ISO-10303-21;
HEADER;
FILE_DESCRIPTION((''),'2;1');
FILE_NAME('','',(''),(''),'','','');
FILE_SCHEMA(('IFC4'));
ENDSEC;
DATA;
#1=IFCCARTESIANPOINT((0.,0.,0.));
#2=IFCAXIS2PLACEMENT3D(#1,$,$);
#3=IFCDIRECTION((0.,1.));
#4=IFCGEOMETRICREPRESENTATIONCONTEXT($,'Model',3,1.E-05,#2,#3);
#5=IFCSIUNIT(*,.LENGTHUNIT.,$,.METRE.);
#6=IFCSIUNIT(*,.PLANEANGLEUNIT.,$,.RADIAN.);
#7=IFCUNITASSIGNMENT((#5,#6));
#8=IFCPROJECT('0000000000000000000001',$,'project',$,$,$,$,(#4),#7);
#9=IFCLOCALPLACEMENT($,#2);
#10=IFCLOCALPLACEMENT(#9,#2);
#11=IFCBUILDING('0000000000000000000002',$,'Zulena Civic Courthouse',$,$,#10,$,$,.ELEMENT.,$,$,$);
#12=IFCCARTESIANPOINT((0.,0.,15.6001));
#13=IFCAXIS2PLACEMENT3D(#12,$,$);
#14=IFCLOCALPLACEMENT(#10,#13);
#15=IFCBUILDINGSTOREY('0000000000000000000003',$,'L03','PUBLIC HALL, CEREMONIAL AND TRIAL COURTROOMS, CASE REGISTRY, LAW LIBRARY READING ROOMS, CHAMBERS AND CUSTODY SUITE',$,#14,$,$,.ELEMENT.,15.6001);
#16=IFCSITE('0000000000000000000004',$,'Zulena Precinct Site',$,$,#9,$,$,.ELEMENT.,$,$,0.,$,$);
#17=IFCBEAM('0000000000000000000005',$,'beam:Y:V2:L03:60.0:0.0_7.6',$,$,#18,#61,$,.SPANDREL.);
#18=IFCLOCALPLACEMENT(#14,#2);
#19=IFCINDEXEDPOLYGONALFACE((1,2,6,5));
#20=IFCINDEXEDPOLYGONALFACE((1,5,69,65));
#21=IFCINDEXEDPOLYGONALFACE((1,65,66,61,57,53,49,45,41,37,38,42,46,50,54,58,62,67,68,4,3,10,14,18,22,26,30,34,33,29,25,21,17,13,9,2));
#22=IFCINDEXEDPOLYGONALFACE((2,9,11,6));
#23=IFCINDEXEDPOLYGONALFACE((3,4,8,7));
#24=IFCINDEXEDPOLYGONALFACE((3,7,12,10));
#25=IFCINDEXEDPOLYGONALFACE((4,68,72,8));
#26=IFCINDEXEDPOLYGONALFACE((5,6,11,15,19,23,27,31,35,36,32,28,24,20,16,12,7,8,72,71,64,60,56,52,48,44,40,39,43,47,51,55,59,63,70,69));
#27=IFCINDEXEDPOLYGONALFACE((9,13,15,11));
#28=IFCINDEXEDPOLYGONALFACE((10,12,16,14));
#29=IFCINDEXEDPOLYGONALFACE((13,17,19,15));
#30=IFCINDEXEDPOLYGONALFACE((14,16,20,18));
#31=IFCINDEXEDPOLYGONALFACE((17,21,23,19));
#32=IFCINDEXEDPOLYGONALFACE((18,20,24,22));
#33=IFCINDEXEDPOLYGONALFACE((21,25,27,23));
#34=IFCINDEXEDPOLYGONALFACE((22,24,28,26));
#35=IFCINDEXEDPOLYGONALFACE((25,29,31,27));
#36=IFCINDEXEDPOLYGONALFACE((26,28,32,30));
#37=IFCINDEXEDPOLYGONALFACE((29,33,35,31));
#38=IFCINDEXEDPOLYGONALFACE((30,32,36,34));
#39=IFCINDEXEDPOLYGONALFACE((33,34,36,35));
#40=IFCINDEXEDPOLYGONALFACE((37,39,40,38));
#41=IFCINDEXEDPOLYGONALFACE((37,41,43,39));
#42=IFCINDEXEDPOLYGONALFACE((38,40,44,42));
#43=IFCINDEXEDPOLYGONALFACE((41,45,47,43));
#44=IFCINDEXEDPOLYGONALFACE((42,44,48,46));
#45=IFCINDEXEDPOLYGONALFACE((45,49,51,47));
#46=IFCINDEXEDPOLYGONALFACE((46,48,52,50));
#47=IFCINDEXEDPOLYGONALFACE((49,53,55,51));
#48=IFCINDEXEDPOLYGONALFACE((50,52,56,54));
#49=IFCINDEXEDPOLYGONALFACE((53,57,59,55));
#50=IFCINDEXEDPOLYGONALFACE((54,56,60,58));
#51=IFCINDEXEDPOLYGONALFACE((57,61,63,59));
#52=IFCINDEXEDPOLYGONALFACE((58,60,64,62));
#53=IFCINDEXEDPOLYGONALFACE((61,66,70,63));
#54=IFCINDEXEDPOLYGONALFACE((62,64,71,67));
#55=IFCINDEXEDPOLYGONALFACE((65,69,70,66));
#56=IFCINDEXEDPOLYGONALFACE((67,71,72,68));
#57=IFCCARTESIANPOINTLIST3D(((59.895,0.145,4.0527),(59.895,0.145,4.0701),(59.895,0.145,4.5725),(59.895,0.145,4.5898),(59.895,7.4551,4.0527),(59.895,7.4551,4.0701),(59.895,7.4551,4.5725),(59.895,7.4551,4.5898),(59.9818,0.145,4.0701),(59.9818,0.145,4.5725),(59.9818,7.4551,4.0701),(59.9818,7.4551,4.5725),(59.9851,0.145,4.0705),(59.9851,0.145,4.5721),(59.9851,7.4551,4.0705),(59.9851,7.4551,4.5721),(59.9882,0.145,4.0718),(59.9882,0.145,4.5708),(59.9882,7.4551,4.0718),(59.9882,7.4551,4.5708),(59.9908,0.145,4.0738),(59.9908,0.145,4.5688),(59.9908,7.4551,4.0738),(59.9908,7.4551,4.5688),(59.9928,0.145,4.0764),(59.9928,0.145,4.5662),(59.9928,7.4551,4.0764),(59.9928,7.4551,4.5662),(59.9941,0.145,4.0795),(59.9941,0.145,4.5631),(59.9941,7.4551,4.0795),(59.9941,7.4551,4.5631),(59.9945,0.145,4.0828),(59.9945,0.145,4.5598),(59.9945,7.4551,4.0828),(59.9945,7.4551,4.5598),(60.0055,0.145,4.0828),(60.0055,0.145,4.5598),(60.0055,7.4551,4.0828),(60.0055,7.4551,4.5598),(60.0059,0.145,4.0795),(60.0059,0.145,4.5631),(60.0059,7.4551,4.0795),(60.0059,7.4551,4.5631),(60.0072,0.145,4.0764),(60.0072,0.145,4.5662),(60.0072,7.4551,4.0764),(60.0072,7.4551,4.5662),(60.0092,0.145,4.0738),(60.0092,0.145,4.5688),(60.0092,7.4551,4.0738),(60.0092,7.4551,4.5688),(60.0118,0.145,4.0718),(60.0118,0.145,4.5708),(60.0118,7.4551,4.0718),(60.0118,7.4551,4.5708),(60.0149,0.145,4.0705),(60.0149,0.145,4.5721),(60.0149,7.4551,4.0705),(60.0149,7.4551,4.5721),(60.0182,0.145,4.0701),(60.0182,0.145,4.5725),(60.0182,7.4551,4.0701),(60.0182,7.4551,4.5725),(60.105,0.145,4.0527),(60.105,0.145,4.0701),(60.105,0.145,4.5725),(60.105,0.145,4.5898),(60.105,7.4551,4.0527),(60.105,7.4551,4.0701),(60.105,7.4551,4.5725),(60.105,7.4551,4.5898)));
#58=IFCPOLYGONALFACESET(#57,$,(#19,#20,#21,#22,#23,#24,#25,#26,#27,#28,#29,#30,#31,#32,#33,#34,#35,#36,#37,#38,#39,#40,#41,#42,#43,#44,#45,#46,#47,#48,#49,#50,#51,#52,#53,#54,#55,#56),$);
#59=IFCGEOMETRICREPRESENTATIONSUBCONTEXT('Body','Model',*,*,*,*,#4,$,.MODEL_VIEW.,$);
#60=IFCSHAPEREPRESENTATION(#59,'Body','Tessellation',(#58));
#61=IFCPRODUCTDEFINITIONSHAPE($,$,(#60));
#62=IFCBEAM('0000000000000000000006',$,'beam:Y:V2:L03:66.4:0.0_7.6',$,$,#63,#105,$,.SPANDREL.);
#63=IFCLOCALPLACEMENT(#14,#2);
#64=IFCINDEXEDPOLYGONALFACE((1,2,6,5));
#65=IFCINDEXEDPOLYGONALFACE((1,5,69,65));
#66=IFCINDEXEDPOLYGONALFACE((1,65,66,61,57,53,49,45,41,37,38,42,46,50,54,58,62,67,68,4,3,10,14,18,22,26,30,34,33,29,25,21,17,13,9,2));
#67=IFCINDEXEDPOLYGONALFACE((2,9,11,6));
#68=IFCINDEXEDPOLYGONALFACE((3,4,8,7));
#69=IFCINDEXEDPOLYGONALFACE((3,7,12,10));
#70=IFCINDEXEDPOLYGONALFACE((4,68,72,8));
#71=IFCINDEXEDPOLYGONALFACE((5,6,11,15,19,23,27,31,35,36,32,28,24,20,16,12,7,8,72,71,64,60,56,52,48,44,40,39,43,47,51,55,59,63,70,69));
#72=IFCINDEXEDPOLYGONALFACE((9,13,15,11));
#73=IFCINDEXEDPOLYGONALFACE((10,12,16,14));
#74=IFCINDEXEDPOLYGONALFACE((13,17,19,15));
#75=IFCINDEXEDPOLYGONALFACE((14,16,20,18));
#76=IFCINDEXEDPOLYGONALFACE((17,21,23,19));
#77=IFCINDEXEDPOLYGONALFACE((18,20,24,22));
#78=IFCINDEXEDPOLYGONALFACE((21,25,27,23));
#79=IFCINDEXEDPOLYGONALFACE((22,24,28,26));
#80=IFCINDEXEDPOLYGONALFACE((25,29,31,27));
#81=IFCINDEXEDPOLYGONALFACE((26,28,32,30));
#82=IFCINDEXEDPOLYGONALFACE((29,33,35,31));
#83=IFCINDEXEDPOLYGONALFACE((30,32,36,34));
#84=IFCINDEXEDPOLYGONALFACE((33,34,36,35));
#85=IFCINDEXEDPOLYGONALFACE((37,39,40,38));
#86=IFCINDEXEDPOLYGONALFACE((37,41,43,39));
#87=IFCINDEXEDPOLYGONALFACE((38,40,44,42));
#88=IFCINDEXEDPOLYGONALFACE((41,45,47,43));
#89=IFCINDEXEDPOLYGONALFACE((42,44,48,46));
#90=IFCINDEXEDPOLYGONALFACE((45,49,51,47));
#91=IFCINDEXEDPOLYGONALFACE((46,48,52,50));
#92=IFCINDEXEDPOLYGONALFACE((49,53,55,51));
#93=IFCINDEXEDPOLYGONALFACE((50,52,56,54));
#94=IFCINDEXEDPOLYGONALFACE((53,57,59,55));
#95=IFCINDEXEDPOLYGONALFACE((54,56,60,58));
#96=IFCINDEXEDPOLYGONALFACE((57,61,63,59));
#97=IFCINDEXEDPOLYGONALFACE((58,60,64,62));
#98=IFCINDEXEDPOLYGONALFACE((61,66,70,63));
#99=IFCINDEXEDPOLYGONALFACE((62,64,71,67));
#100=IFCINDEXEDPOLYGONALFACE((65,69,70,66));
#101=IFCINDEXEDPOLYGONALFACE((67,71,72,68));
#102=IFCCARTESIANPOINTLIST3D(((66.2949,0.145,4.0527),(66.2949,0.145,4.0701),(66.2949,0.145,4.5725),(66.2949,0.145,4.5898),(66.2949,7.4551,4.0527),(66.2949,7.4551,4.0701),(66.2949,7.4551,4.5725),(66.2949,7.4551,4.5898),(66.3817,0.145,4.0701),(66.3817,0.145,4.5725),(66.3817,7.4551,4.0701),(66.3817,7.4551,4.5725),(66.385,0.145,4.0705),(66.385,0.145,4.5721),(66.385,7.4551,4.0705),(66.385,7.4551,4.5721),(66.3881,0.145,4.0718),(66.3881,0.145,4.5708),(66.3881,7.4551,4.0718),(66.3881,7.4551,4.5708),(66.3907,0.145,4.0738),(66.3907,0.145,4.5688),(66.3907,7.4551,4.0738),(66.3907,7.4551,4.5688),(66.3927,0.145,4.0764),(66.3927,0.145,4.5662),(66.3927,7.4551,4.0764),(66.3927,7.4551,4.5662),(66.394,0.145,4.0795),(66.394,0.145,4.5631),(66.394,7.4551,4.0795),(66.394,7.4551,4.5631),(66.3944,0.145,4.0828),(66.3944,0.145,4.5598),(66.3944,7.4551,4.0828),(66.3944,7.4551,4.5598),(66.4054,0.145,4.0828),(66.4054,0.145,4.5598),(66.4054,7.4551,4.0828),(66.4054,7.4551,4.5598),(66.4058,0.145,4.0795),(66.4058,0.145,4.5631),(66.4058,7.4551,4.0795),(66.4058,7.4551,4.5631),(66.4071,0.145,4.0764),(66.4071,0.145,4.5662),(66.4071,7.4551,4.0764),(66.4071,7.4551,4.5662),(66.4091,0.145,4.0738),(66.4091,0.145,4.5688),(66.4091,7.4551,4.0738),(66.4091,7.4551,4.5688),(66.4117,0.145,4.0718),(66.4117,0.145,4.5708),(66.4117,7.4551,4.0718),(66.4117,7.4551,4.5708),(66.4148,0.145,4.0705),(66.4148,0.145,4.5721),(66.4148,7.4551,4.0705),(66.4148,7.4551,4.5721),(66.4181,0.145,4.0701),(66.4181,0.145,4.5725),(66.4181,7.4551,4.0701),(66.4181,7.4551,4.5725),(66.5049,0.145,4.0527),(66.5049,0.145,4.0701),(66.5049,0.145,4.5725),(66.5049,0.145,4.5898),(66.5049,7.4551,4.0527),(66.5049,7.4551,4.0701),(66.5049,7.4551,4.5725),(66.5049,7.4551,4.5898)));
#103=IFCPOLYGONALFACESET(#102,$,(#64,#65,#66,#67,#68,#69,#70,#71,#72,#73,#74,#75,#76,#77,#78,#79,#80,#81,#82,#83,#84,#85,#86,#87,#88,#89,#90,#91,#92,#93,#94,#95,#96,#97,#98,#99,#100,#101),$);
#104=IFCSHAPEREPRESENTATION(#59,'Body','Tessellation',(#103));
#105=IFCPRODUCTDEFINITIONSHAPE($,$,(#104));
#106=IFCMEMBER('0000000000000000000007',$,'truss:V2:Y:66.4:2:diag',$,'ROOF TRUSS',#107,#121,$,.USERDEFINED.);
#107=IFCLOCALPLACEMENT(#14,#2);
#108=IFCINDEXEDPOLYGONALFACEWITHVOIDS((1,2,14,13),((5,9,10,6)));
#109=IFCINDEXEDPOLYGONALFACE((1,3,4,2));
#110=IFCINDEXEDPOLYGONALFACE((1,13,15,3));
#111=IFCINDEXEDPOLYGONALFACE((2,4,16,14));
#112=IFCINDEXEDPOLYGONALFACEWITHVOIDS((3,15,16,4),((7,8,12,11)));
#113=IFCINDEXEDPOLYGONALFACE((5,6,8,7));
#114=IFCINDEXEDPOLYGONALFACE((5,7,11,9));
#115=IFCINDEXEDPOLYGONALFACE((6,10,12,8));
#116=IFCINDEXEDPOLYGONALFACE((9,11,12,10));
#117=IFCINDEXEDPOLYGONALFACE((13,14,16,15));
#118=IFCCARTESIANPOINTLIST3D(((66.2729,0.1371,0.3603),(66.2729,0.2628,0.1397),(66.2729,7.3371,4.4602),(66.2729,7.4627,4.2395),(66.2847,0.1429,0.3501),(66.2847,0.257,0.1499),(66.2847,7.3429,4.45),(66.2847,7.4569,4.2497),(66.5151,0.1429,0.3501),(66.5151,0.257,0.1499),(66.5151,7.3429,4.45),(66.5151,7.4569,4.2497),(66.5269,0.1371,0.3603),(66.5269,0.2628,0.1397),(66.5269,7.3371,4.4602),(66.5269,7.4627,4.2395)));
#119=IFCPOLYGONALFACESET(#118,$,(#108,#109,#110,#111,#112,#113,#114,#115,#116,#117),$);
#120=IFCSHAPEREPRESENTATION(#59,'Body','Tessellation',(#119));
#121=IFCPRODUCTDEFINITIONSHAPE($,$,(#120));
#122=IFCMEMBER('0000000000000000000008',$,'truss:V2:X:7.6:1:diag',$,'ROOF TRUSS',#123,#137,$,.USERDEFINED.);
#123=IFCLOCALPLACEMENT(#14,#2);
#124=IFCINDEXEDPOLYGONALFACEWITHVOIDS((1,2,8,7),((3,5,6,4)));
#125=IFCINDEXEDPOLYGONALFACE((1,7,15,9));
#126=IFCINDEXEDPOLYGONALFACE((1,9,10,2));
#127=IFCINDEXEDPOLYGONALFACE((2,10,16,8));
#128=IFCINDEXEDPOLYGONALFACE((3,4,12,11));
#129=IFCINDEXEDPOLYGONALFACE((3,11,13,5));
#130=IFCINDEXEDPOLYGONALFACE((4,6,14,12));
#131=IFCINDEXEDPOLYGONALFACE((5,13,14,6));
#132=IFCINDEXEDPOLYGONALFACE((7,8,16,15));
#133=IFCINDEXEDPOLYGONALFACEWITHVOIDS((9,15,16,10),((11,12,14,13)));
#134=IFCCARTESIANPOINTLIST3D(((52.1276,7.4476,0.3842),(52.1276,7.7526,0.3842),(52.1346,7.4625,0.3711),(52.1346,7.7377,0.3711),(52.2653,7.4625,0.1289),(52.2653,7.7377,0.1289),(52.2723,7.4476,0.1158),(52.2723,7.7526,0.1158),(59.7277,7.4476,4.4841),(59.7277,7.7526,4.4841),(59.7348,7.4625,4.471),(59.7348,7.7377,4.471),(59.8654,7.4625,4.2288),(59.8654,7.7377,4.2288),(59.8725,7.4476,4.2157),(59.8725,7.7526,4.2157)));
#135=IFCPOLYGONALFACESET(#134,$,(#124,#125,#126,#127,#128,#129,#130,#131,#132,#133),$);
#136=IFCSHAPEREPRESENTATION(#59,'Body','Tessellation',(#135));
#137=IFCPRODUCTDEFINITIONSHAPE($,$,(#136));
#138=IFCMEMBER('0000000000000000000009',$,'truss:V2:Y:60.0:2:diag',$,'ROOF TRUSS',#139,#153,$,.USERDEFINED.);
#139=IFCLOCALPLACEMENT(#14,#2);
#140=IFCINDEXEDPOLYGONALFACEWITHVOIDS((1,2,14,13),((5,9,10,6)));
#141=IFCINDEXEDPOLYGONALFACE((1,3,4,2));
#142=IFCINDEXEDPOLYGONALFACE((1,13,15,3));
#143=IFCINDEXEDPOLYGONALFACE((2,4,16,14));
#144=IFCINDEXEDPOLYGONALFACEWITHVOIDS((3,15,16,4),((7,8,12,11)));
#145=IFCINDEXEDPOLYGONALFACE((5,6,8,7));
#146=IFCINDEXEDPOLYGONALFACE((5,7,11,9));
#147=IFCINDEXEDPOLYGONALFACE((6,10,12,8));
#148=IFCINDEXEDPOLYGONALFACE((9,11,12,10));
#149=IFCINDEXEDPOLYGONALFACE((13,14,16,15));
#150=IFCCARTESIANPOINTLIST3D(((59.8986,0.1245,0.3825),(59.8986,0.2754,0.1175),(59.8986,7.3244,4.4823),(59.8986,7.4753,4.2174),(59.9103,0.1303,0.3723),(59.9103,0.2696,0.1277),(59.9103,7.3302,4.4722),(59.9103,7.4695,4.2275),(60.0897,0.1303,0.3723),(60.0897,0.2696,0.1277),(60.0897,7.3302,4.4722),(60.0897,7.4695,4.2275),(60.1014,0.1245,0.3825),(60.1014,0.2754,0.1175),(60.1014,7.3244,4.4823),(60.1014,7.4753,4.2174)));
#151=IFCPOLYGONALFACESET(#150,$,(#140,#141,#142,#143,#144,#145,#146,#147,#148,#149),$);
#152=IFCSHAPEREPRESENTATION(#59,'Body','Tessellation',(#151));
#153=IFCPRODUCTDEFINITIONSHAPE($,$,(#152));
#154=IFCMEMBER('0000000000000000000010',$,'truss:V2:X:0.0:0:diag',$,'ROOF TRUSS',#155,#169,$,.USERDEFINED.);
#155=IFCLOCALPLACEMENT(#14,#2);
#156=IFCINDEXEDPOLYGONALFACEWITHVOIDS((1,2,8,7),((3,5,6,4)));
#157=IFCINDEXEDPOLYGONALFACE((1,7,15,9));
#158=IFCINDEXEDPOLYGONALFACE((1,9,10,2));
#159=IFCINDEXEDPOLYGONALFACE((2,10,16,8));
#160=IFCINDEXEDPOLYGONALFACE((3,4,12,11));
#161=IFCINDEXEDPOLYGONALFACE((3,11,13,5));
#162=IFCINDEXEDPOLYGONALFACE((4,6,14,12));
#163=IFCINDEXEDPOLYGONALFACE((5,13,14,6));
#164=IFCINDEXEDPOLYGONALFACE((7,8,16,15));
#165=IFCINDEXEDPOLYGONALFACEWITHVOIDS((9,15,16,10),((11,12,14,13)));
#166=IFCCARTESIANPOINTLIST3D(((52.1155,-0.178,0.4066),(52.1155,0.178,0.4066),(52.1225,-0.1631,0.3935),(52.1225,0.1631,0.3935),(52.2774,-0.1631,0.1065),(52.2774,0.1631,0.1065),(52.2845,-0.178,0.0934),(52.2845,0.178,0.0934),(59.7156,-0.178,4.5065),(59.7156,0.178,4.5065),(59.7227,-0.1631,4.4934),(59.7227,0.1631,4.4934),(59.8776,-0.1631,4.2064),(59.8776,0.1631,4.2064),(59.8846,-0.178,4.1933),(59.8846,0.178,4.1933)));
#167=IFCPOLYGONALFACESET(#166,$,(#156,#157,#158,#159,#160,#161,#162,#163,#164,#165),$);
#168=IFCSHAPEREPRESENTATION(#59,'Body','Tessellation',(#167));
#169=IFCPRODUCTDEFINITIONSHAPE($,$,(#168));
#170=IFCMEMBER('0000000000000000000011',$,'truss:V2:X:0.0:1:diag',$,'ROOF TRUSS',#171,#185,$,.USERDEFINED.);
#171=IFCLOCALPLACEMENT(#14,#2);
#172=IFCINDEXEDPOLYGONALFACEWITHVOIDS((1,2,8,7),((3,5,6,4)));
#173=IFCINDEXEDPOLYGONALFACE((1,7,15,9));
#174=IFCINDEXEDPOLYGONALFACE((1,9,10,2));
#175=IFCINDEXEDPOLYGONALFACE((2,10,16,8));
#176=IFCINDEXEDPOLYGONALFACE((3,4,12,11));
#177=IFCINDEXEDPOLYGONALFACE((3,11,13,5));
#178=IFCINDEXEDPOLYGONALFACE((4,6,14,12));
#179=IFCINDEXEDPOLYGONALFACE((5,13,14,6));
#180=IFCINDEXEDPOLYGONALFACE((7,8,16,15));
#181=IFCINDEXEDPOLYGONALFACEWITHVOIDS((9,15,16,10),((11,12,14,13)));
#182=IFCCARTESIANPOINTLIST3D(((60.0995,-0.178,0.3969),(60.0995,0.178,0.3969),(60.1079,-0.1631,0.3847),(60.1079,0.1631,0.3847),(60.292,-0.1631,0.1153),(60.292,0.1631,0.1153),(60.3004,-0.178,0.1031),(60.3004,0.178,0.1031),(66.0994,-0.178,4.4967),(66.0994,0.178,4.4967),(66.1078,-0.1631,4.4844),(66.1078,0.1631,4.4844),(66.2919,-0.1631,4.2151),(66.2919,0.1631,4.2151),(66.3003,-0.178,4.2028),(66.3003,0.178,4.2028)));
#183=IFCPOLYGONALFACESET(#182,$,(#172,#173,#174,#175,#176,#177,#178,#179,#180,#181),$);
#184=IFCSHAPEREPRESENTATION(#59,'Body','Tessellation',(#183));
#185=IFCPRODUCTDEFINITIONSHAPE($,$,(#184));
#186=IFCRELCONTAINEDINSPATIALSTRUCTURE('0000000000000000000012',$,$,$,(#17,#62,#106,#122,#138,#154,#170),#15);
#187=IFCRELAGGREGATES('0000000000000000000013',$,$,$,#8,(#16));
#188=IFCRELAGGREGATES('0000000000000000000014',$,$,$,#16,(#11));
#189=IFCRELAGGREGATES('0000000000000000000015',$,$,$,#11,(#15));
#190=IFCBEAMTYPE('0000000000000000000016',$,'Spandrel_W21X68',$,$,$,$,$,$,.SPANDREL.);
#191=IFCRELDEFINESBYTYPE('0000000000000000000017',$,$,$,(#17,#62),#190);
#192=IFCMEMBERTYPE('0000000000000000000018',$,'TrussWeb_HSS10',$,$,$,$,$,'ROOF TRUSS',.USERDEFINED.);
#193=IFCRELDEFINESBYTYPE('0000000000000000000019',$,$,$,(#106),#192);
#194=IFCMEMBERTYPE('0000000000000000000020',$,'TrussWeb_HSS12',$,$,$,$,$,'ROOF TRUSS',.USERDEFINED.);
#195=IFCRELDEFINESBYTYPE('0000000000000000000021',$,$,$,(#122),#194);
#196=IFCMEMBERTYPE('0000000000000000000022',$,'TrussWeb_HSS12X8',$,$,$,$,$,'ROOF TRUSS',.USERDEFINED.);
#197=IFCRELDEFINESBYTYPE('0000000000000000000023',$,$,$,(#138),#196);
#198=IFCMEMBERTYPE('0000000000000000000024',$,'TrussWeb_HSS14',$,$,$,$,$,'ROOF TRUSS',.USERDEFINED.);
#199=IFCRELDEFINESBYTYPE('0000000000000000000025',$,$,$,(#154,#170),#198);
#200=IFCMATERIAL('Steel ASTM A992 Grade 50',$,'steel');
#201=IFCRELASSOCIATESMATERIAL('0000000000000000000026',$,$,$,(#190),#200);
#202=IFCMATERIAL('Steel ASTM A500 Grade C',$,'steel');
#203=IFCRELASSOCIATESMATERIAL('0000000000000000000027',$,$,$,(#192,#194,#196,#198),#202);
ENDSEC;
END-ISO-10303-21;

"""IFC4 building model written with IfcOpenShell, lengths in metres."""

from ifc_helpers import new_model, si_unit, direction, frame, origin, origin_2d, place, context, subcontext, project, spatial, hollow_rectangle, i_section, extrude, material, material_profile, profile_set, type_object, element, save


model = new_model("IFC4")

# Units and contexts
model_context = context("Model", 3, precision=1e-05, world=origin(), true_north=direction((0.0, 1.0)))
body_context = subcontext(model_context, "Body", "Model", "MODEL_VIEW")
ifc_project = project(units=[si_unit("LENGTHUNIT", "METRE"), si_unit("PLANEANGLEUNIT", "RADIAN")], contexts=[model_context])

# Site, building, storey
site_placement = place(None, origin())
site = spatial("IfcSite", under=ifc_project, at=site_placement, Name="Zulena Precinct Site", CompositionType="ELEMENT", RefElevation=0.0)
building_placement = place(site_placement, origin())
building = spatial("IfcBuilding", under=site, at=building_placement, Name="Zulena Civic Courthouse", CompositionType="ELEMENT")
storey_placement = place(building_placement, frame((0.0, 0.0, 15.6001)))
storey = spatial("IfcBuildingStorey", under=building, at=storey_placement, Name="L03", Description="PUBLIC HALL, CEREMONIAL AND TRIAL COURTROOMS, CASE REGISTRY, LAW LIBRARY READING ROOMS, CHAMBERS AND CUSTODY SUITE", CompositionType="ELEMENT", Elevation=15.6001)

# Shared definitions
ifc_material_1 = material(Name="Steel ASTM A992 Grade 50", Category="steel")

# Beams
ifc_material_profile_1 = material_profile(ifc_material_1, i_section(OverallWidth=0.21, OverallDepth=0.5371, WebThickness=0.011, FlangeThickness=0.0173, FilletRadius=0.0127, at=origin_2d()), Name="W21X68")
ifc_profile_set_1 = profile_set([ifc_material_profile_1], Name="Steel ASTM A992 Grade 50")
beam_type_1 = type_object("IfcBeamType", Name="Spandrel_W21X68", PredefinedType="SPANDREL", material=ifc_profile_set_1)
for number, where, z_axis, x_axis, name in (
    (1, (60.0, 0.145, 4.3213), (0.0, 1.0, 0.0), (-1.0, 0.0, 0.0), "beam:Y:V2:L03:60.0:0.0_7.6"),
    (2, (66.3999, 0.145, 4.3213), (0.0, 1.0, 0.0), (-1.0, 0.0, 0.0), "beam:Y:V2:L03:66.4:0.0_7.6"),
):
    element("IfcBeam", number, at=place(storey_placement, frame(where, z_axis=z_axis, x_axis=x_axis)), inside=storey, type_object=beam_type_1, Name=name, PredefinedType="SPANDREL", context=body_context, shape_type="SweptSolid", body=[
        extrude(i_section(OverallWidth=0.21, OverallDepth=0.5371, WebThickness=0.011, FlangeThickness=0.0173, FilletRadius=0.0127, at=origin_2d()), origin(), (0.0, 0.0, 1.0), 7.3101),
    ])

# Members
ifc_material_2 = material(Name="Steel ASTM A500 Grade C", Category="steel")
ifc_material_profile_2 = material_profile(ifc_material_2, hollow_rectangle(XDim=0.2539, YDim=0.2539, WallThickness=0.0117, at=origin_2d()), Name="HSS10X10X1/2")
ifc_profile_set_2 = profile_set([ifc_material_profile_2], Name="Steel ASTM A500 Grade C")
member_type_1 = type_object("IfcMemberType", Name="TrussWeb_HSS10", ElementType="ROOF TRUSS", PredefinedType="USERDEFINED", material=ifc_profile_set_2)
member_1_placement = place(storey_placement, frame((66.3999, 0.2, 0.25), z_axis=(0.0, 0.868991, 0.494828), x_axis=(-1.0, 0.0, 0.0)))
element("IfcMember", 3, at=member_1_placement, inside=storey, type_object=member_type_1, Name="truss:V2:Y:66.4:2:diag", ObjectType="ROOF TRUSS", PredefinedType="USERDEFINED", context=body_context, shape_type="SweptSolid", body=[
    extrude(hollow_rectangle(XDim=0.2539, YDim=0.2539, WallThickness=0.0117, at=origin_2d()), origin(), (0.0, 0.0, 1.0), 8.2854),
])
ifc_material_profile_3 = material_profile(ifc_material_2, hollow_rectangle(XDim=0.3049, YDim=0.3049, WallThickness=0.0149, at=origin_2d()), Name="HSS12X12X5/8")
ifc_profile_set_3 = profile_set([ifc_material_profile_3], Name="Steel ASTM A500 Grade C")
member_type_2 = type_object("IfcMemberType", Name="TrussWeb_HSS12", ElementType="ROOF TRUSS", PredefinedType="USERDEFINED", material=ifc_profile_set_3)
member_2_placement = place(storey_placement, frame((52.2, 7.6001, 0.25), z_axis=(0.880109, 0.0, 0.474772), x_axis=(0.0, 1.0, 0.0)))
element("IfcMember", 4, at=member_2_placement, inside=storey, type_object=member_type_2, Name="truss:V2:X:7.6:1:diag", ObjectType="ROOF TRUSS", PredefinedType="USERDEFINED", context=body_context, shape_type="SweptSolid", body=[
    extrude(hollow_rectangle(XDim=0.3049, YDim=0.3049, WallThickness=0.0149, at=origin_2d()), origin(), (0.0, 0.0, 1.0), 8.6355),
])
ifc_material_profile_4 = material_profile(ifc_material_2, hollow_rectangle(XDim=0.2029, YDim=0.3049, WallThickness=0.0117, at=origin_2d()), Name="HSS12X8X1/2")
ifc_profile_set_4 = profile_set([ifc_material_profile_4], Name="Steel ASTM A500 Grade C")
member_type_3 = type_object("IfcMemberType", Name="TrussWeb_HSS12X8", ElementType="ROOF TRUSS", PredefinedType="USERDEFINED", material=ifc_profile_set_4)
member_3_placement = place(storey_placement, frame((60.0, 0.2, 0.25), z_axis=(0.0, 0.868991, 0.494828), x_axis=(-1.0, 0.0, 0.0)))
element("IfcMember", 5, at=member_3_placement, inside=storey, type_object=member_type_3, Name="truss:V2:Y:60.0:2:diag", ObjectType="ROOF TRUSS", PredefinedType="USERDEFINED", context=body_context, shape_type="SweptSolid", body=[
    extrude(hollow_rectangle(XDim=0.2029, YDim=0.3049, WallThickness=0.0117, at=origin_2d()), origin(), (0.0, 0.0, 1.0), 8.2854),
])
ifc_material_profile_5 = material_profile(ifc_material_2, hollow_rectangle(XDim=0.356, YDim=0.356, WallThickness=0.0149, at=origin_2d()), Name="HSS14X14X5/8")
ifc_profile_set_5 = profile_set([ifc_material_profile_5], Name="Steel ASTM A500 Grade C")
member_type_4 = type_object("IfcMemberType", Name="TrussWeb_HSS14", ElementType="ROOF TRUSS", PredefinedType="USERDEFINED", material=ifc_profile_set_5)
member_4_placement = place(storey_placement, frame((52.2, 0.0, 0.25), z_axis=(0.880109, 0.0, 0.474772), x_axis=(0.0, 1.0, 0.0)))
element("IfcMember", 6, at=member_4_placement, inside=storey, type_object=member_type_4, Name="truss:V2:X:0.0:0:diag", ObjectType="ROOF TRUSS", PredefinedType="USERDEFINED", context=body_context, shape_type="SweptSolid", body=[
    extrude(hollow_rectangle(XDim=0.356, YDim=0.356, WallThickness=0.0149, at=origin_2d()), origin(), (0.0, 0.0, 1.0), 8.6355),
])
member_5_placement = place(storey_placement, frame((60.2, 0.0, 0.25), z_axis=(0.825654, 0.0, 0.564177), x_axis=(0.0, 1.0, 0.0)))
element("IfcMember", 7, at=member_5_placement, inside=storey, type_object=member_type_4, Name="truss:V2:X:0.0:1:diag", ObjectType="ROOF TRUSS", PredefinedType="USERDEFINED", context=body_context, shape_type="SweptSolid", body=[
    extrude(hollow_rectangle(XDim=0.356, YDim=0.356, WallThickness=0.0149, at=origin_2d()), origin(), (0.0, 0.0, 1.0), 7.2668),
])

save(model, "model.ifc")
